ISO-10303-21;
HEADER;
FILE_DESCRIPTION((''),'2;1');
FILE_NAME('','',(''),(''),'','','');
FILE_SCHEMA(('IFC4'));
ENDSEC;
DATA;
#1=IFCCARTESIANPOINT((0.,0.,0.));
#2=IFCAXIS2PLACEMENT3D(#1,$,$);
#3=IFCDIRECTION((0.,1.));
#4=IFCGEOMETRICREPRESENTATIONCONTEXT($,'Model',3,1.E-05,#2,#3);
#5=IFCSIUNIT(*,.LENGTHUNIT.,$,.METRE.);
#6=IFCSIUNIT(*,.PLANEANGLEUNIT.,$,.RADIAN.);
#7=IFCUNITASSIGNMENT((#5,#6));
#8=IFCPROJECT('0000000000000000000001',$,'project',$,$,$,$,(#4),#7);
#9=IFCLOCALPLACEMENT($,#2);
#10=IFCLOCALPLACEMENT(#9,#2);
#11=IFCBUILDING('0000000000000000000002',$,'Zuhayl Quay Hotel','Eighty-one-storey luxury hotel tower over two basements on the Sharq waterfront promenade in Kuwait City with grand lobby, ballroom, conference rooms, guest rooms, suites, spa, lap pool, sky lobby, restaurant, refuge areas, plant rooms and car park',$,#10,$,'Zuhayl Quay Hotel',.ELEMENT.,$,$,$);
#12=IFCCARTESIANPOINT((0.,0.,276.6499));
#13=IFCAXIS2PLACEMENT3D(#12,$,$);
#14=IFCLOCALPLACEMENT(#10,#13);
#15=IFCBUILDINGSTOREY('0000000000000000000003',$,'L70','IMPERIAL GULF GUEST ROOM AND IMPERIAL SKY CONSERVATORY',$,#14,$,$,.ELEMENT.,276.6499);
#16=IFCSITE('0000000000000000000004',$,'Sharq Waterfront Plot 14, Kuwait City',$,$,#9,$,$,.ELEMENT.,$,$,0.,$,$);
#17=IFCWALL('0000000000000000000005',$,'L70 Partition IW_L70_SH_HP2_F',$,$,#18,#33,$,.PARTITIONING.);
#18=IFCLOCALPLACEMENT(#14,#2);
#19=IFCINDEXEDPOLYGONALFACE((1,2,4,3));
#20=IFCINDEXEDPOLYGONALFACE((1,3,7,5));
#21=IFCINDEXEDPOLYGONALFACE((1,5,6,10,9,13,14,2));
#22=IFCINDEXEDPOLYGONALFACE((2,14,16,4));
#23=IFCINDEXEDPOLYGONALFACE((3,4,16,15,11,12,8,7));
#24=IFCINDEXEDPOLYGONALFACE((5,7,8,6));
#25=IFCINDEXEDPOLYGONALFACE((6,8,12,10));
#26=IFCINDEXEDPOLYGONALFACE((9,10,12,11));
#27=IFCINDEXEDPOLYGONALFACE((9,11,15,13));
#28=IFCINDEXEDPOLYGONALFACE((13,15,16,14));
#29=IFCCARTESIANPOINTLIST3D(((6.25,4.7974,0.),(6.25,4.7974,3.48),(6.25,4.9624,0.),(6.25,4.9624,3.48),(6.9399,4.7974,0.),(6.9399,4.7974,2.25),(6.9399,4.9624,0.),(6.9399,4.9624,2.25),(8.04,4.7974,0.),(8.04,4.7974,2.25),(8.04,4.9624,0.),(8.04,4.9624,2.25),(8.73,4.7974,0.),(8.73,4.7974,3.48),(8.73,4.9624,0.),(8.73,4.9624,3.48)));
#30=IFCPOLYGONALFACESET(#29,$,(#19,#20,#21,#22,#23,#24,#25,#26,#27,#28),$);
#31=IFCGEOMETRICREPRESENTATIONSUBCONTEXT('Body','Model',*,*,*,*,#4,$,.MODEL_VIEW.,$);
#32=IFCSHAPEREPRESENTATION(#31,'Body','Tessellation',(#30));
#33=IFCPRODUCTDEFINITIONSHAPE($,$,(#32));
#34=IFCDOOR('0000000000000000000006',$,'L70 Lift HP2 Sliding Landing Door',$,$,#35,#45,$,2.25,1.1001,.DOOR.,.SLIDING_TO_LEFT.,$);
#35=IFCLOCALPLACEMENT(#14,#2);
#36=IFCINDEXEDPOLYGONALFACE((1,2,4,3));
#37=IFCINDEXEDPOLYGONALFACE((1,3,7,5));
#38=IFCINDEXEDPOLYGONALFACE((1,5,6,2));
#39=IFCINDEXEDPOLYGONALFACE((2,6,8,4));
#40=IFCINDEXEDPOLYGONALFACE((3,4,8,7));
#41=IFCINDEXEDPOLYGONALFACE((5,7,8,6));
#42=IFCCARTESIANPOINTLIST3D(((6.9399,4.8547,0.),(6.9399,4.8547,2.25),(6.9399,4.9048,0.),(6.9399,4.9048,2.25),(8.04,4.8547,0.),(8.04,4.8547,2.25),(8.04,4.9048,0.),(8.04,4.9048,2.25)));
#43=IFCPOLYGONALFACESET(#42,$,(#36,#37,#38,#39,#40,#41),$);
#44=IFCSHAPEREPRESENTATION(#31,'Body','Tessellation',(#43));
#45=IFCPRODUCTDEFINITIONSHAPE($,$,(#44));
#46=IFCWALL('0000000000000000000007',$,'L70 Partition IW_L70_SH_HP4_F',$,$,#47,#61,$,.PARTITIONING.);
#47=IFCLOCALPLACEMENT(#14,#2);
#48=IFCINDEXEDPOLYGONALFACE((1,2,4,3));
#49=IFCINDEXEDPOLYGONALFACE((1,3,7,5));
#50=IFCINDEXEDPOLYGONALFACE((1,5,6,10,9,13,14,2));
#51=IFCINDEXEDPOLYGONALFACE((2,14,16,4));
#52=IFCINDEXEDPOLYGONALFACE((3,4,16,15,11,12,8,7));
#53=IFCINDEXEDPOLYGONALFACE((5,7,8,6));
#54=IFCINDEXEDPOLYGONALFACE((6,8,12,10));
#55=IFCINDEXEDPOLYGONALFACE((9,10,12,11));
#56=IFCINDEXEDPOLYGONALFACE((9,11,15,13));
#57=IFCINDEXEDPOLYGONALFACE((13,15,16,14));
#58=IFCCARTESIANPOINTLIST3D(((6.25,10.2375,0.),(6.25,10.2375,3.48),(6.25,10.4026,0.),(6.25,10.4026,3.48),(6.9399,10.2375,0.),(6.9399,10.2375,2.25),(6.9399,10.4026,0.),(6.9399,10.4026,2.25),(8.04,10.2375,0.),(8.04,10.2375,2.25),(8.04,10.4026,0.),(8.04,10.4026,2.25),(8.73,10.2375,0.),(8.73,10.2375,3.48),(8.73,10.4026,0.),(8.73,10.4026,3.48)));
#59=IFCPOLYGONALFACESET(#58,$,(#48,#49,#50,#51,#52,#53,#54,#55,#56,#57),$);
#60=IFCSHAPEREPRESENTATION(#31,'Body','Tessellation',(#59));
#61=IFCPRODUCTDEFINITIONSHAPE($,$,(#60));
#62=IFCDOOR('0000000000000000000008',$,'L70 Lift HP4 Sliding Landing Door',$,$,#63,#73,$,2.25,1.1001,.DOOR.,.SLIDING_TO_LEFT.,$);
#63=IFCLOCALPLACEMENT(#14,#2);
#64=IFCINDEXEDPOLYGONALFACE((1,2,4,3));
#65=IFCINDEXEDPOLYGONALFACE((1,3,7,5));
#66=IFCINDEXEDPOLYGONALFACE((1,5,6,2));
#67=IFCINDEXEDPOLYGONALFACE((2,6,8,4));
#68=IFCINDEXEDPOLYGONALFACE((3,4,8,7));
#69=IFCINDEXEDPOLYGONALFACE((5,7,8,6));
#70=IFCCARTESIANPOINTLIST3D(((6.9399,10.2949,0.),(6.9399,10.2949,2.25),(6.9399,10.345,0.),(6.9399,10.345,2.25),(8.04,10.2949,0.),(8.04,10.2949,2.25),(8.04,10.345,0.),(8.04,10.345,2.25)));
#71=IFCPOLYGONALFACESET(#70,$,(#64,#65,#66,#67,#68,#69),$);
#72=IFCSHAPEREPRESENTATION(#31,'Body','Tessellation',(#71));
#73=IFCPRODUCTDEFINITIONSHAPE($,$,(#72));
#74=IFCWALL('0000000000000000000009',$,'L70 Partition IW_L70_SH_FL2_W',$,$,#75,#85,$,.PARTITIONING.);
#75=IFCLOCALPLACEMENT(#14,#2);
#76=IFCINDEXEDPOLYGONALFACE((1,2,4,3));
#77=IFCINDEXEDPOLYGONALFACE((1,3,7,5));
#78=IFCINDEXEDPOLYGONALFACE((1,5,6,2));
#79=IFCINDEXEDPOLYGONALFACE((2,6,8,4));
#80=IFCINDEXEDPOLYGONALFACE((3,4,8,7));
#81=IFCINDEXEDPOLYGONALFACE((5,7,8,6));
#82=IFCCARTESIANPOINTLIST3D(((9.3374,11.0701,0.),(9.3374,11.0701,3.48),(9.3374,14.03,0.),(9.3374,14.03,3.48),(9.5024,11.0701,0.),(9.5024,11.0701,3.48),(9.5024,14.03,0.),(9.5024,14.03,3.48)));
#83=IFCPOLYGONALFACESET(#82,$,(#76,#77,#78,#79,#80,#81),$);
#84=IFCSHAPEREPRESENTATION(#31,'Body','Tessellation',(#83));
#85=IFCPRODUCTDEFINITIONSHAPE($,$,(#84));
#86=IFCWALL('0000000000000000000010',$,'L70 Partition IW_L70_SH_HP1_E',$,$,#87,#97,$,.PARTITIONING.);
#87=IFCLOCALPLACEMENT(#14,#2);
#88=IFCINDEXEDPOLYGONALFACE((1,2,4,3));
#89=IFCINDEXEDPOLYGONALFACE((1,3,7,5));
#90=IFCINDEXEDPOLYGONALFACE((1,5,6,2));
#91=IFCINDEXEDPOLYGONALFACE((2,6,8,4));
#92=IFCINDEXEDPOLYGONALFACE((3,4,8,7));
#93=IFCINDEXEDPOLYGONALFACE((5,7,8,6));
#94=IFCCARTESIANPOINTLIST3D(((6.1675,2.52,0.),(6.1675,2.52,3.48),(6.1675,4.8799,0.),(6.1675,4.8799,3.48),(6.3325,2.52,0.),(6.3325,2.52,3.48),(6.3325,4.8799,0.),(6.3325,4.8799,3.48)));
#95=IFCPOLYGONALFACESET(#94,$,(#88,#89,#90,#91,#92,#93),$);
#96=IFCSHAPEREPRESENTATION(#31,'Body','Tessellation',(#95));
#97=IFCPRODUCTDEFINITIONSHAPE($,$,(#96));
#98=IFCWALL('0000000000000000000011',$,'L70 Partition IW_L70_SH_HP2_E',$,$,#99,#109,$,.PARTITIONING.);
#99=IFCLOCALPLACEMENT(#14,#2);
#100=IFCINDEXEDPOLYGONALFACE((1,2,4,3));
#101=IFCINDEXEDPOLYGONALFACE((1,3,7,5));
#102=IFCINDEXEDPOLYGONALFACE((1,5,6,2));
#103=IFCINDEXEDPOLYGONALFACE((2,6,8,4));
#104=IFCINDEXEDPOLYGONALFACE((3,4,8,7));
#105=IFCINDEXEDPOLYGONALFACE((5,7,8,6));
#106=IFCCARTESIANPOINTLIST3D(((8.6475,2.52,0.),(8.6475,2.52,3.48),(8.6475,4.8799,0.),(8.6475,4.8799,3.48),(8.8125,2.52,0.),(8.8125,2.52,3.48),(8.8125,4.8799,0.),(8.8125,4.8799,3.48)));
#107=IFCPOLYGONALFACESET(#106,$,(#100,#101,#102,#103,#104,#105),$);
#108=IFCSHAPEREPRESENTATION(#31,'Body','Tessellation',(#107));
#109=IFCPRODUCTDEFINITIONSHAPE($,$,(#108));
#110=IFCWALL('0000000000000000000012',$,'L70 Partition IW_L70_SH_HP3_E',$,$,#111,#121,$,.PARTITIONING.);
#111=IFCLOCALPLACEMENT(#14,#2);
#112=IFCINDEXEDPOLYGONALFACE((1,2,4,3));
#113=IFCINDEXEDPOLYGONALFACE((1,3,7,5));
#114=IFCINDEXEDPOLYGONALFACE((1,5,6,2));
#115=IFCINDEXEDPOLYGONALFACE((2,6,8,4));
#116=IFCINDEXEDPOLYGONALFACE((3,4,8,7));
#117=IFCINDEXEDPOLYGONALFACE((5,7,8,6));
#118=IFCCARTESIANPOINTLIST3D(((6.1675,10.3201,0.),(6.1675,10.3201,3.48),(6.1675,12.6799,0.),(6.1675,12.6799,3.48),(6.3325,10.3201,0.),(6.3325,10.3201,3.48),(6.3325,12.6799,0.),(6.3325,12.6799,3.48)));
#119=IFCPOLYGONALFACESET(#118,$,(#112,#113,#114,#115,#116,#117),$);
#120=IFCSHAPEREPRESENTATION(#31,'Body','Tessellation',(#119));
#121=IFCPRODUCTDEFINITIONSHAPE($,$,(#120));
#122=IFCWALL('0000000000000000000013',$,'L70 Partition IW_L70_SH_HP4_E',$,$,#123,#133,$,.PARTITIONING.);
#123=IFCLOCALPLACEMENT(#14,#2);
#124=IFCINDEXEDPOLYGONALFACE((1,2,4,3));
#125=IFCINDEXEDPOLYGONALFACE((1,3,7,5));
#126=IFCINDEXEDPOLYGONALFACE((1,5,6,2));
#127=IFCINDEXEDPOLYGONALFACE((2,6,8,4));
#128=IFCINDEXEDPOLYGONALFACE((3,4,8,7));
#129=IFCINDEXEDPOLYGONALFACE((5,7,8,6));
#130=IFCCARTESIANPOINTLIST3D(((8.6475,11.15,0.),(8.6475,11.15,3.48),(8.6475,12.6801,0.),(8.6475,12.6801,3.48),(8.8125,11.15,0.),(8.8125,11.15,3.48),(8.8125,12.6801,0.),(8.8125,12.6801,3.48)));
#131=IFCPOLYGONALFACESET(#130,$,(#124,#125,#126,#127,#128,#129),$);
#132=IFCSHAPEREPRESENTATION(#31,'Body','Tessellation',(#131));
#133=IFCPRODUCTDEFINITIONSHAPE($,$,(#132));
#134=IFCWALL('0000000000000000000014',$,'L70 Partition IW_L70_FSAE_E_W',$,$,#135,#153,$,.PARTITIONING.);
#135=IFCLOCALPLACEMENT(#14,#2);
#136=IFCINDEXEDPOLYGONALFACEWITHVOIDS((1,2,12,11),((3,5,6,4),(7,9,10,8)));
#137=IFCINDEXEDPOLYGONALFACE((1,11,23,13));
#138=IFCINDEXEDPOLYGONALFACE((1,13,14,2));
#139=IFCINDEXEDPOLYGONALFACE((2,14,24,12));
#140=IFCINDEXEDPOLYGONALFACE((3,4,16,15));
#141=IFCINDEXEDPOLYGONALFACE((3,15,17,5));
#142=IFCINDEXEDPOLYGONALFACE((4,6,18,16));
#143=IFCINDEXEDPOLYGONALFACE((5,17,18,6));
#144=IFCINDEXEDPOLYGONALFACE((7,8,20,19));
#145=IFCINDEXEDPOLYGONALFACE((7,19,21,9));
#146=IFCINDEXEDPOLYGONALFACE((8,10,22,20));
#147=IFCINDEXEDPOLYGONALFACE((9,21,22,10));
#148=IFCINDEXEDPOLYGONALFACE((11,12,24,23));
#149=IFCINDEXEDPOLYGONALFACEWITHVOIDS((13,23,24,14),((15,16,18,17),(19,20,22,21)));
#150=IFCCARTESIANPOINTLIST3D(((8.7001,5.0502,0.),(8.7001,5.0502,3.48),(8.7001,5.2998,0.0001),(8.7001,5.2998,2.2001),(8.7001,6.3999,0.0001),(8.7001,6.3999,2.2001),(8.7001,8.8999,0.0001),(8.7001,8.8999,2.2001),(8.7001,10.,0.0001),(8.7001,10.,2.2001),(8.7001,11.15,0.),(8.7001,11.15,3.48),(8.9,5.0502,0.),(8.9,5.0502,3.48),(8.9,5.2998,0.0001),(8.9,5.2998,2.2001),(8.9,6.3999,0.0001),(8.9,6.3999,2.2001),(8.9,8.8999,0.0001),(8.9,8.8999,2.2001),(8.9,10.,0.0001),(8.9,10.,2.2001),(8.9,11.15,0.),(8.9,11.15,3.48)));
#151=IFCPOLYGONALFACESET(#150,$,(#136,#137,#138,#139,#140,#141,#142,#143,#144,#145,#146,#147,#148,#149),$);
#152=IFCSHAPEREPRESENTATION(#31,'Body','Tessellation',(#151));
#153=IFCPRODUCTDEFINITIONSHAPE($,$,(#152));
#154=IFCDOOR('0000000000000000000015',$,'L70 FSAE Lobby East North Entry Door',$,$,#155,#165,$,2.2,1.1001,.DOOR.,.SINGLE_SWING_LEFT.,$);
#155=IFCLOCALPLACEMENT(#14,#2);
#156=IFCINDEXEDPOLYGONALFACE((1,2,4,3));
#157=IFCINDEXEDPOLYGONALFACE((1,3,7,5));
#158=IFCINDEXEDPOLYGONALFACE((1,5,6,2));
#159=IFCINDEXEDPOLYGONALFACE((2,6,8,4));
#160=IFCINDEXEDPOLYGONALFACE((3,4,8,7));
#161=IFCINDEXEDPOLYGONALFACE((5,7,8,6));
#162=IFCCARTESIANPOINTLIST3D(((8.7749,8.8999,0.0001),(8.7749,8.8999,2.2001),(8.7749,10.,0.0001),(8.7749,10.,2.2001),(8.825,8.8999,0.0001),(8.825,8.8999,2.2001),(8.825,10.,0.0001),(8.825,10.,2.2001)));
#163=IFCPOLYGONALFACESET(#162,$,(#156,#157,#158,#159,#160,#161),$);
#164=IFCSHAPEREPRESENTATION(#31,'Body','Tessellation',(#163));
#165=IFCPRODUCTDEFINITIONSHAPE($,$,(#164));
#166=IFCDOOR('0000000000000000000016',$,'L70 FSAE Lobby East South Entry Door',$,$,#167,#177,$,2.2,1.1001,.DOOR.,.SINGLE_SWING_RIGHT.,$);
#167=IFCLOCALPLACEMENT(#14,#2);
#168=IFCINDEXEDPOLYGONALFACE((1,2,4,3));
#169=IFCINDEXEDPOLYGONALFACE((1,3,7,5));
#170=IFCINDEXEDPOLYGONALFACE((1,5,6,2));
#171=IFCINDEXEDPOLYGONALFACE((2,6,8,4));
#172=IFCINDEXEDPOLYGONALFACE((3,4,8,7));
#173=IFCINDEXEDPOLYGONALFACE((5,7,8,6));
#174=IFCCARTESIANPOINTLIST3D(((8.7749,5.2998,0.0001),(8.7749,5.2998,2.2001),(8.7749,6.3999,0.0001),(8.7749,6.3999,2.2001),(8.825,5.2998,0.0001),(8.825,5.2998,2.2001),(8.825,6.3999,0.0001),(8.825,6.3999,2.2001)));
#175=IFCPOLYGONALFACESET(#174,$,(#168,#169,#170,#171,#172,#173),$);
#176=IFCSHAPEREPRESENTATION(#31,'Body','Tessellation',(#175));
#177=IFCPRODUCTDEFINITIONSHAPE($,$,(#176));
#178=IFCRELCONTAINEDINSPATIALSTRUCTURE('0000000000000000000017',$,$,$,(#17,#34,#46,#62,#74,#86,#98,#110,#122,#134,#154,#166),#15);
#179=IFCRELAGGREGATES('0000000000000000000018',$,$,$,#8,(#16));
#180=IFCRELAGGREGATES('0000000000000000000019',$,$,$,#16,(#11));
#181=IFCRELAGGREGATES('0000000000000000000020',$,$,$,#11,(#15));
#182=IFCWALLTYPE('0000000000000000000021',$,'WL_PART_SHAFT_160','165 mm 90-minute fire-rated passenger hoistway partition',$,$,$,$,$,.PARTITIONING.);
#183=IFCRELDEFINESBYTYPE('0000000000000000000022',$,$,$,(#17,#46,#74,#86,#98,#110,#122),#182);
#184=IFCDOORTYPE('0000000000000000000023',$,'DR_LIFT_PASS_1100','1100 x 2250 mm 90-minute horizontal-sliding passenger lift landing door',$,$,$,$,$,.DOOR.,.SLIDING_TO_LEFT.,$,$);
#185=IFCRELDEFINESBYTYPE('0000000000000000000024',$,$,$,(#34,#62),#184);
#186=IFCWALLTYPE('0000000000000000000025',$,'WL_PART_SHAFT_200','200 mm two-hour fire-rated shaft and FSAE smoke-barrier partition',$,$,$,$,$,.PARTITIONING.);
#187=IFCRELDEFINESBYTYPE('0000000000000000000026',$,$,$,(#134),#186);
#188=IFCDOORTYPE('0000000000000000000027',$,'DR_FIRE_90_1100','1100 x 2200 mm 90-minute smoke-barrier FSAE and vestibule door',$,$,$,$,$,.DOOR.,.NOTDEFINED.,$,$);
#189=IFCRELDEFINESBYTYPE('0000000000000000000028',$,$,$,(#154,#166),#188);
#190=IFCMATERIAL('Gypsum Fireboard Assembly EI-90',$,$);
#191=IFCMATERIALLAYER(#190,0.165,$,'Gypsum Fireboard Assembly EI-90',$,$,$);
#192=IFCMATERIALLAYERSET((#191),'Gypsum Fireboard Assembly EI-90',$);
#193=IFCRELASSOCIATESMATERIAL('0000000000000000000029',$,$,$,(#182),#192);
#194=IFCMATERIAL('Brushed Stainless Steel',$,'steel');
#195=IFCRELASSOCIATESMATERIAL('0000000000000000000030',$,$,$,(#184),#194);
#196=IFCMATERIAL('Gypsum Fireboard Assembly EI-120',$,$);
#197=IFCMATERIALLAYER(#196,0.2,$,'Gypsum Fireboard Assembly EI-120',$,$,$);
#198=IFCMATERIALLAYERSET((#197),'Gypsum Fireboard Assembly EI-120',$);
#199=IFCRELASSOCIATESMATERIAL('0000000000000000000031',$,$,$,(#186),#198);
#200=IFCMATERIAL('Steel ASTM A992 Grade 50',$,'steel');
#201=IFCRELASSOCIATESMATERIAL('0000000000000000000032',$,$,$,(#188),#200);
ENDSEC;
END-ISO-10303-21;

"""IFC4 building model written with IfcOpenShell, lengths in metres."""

from ifc_helpers import new_model, si_unit, direction, frame, frame_2d, origin, place, context, subcontext, project, spatial, rectangle, extrude, material, layer, layer_set, type_object, element, fill, save


model = new_model("IFC4")

# Units and contexts
model_context = context("Model", 3, precision=1e-05, world=origin(), true_north=direction((0.0, 1.0)))
body_context = subcontext(model_context, "Body", "Model", "MODEL_VIEW")
ifc_project = project(units=[si_unit("LENGTHUNIT", "METRE"), si_unit("PLANEANGLEUNIT", "RADIAN")], contexts=[model_context])

# Site, building, storey
site_placement = place(None, origin())
site = spatial("IfcSite", under=ifc_project, at=site_placement, Name="Sharq Waterfront Plot 14, Kuwait City", CompositionType="ELEMENT", RefElevation=0.0)
building_placement = place(site_placement, origin())
building = spatial("IfcBuilding", under=site, at=building_placement, Name="Zuhayl Quay Hotel", Description="Eighty-one-storey luxury hotel tower over two basements on the Sharq waterfront promenade in Kuwait City with grand lobby, ballroom, conference rooms, guest rooms, suites, spa, lap pool, sky lobby, restaurant, refuge areas, plant rooms and car park", LongName="Zuhayl Quay Hotel", CompositionType="ELEMENT")
storey_placement = place(building_placement, frame((0.0, 0.0, 276.6499)))
storey = spatial("IfcBuildingStorey", under=building, at=storey_placement, Name="L70", Description="IMPERIAL GULF GUEST ROOM AND IMPERIAL SKY CONSERVATORY", CompositionType="ELEMENT", Elevation=276.6499)

# Walls, openings, doors
ifc_material_1 = material(Name="Gypsum Fireboard Assembly EI-90")
ifc_layer_1 = layer(ifc_material_1, 0.165, Name="Gypsum Fireboard Assembly EI-90")
ifc_layer_set_1 = layer_set([ifc_layer_1], Name="Gypsum Fireboard Assembly EI-90")
wall_type_1 = type_object("IfcWallType", Name="WL_PART_SHAFT_160", Description="165 mm 90-minute fire-rated passenger hoistway partition", PredefinedType="PARTITIONING", material=ifc_layer_set_1)
ifc_material_2 = material(Name="Brushed Stainless Steel", Category="steel")
wall_1_placement = place(storey_placement, frame((6.25, 4.8799, 0.0), z_axis=(0.0, 0.0, 1.0), x_axis=(1.0, 0.0, 0.0)))
wall_1 = element("IfcWall", 1, at=wall_1_placement, inside=storey, type_object=wall_type_1, Name="L70 Partition IW_L70_SH_HP2_F", PredefinedType="PARTITIONING", context=body_context, shape_type="SweptSolid", body=[
    extrude(rectangle(XDim=2.48, YDim=0.165, at=frame_2d((1.24, 0.0))), origin(), (0.0, 0.0, 1.0), 3.48),
])
opening_1_placement = place(wall_1_placement, frame((0.6899, 0.0, 0.0)))
opening_1 = element("IfcOpeningElement", 2, at=opening_1_placement, cuts=wall_1, PredefinedType="OPENING", context=body_context, shape_type="SweptSolid", body=[
    extrude(rectangle(XDim=1.1001, YDim=2.25, at=frame_2d((0.55, 1.125))), frame((0.0, 0.0925, 0.0), z_axis=(0.0, -1.0, 0.0), x_axis=(1.0, 0.0, 0.0)), (0.0, 0.0, 1.0), 0.1851),
])
door_type_1 = type_object("IfcDoorType", Name="DR_LIFT_PASS_1100", Description="1100 x 2250 mm 90-minute horizontal-sliding passenger lift landing door", OperationType="SLIDING_TO_LEFT", PredefinedType="DOOR", material=ifc_material_2)
door_1_placement = place(opening_1_placement, origin())
door_1 = element("IfcDoor", 3, at=door_1_placement, inside=storey, type_object=door_type_1, Name="L70 Lift HP2 Sliding Landing Door", OperationType="SLIDING_TO_LEFT", OverallHeight=2.25, OverallWidth=1.1001, PredefinedType="DOOR", context=body_context, shape_type="SweptSolid", body=[
    extrude(rectangle(XDim=1.1001, YDim=2.25, at=frame_2d((0.55, 1.125))), frame((0.0, 0.0249, 0.0), z_axis=(0.0, -1.0, 0.0), x_axis=(1.0, 0.0, 0.0)), (0.0, 0.0, 1.0), 0.05),
])
fill(opening_1, door_1)
wall_2_placement = place(storey_placement, frame((6.25, 10.3201, 0.0), z_axis=(0.0, 0.0, 1.0), x_axis=(1.0, 0.0, 0.0)))
wall_2 = element("IfcWall", 4, at=wall_2_placement, inside=storey, type_object=wall_type_1, Name="L70 Partition IW_L70_SH_HP4_F", PredefinedType="PARTITIONING", context=body_context, shape_type="SweptSolid", body=[
    extrude(rectangle(XDim=2.48, YDim=0.165, at=frame_2d((1.24, 0.0))), origin(), (0.0, 0.0, 1.0), 3.48),
])
opening_2_placement = place(wall_2_placement, frame((0.6899, 0.0, 0.0)))
opening_2 = element("IfcOpeningElement", 5, at=opening_2_placement, cuts=wall_2, PredefinedType="OPENING", context=body_context, shape_type="SweptSolid", body=[
    extrude(rectangle(XDim=1.1001, YDim=2.25, at=frame_2d((0.55, 1.125))), frame((0.0, 0.0925, 0.0), z_axis=(0.0, -1.0, 0.0), x_axis=(1.0, 0.0, 0.0)), (0.0, 0.0, 1.0), 0.1851),
])
door_2_placement = place(opening_2_placement, origin())
door_2 = element("IfcDoor", 6, at=door_2_placement, inside=storey, type_object=door_type_1, Name="L70 Lift HP4 Sliding Landing Door", OperationType="SLIDING_TO_LEFT", OverallHeight=2.25, OverallWidth=1.1001, PredefinedType="DOOR", context=body_context, shape_type="SweptSolid", body=[
    extrude(rectangle(XDim=1.1001, YDim=2.25, at=frame_2d((0.55, 1.125))), frame((0.0, 0.0249, 0.0), z_axis=(0.0, -1.0, 0.0), x_axis=(1.0, 0.0, 0.0)), (0.0, 0.0, 1.0), 0.05),
])
fill(opening_2, door_2)

# Walls
wall_3_placement = place(storey_placement, frame((9.4199, 11.0701, 0.0), z_axis=(0.0, 0.0, 1.0), x_axis=(0.0, 1.0, 0.0)))
element("IfcWall", 7, at=wall_3_placement, inside=storey, type_object=wall_type_1, Name="L70 Partition IW_L70_SH_FL2_W", PredefinedType="PARTITIONING", context=body_context, shape_type="SweptSolid", body=[
    extrude(rectangle(XDim=2.96, YDim=0.165, at=frame_2d((1.48, 0.0))), origin(), (0.0, 0.0, 1.0), 3.48),
])
for number, where, z_axis, x_axis, name in (
    (8, (6.25, 2.52, 0.0), (0.0, 0.0, 1.0), (0.0, 1.0, 0.0), "L70 Partition IW_L70_SH_HP1_E"),
    (9, (8.73, 2.52, 0.0), (0.0, 0.0, 1.0), (0.0, 1.0, 0.0), "L70 Partition IW_L70_SH_HP2_E"),
    (10, (6.25, 10.3201, 0.0), (0.0, 0.0, 1.0), (0.0, 1.0, 0.0), "L70 Partition IW_L70_SH_HP3_E"),
):
    element("IfcWall", number, at=place(storey_placement, frame(where, z_axis=z_axis, x_axis=x_axis)), inside=storey, type_object=wall_type_1, Name=name, PredefinedType="PARTITIONING", context=body_context, shape_type="SweptSolid", body=[
        extrude(rectangle(XDim=2.3599, YDim=0.165, at=frame_2d((1.1799, 0.0))), origin(), (0.0, 0.0, 1.0), 3.48),
    ])
wall_4_placement = place(storey_placement, frame((8.73, 11.1499, 0.0), z_axis=(0.0, 0.0, 1.0), x_axis=(0.0, 1.0, 0.0)))
element("IfcWall", 11, at=wall_4_placement, inside=storey, type_object=wall_type_1, Name="L70 Partition IW_L70_SH_HP4_E", PredefinedType="PARTITIONING", context=body_context, shape_type="SweptSolid", body=[
    extrude(rectangle(XDim=1.53, YDim=0.165, at=frame_2d((0.7651, 0.0))), origin(), (0.0, 0.0, 1.0), 3.48),
])

# Wall, openings, doors
ifc_material_3 = material(Name="Gypsum Fireboard Assembly EI-120")
ifc_layer_2 = layer(ifc_material_3, 0.2, Name="Gypsum Fireboard Assembly EI-120")
ifc_layer_set_2 = layer_set([ifc_layer_2], Name="Gypsum Fireboard Assembly EI-120")
wall_type_2 = type_object("IfcWallType", Name="WL_PART_SHAFT_200", Description="200 mm two-hour fire-rated shaft and FSAE smoke-barrier partition", PredefinedType="PARTITIONING", material=ifc_layer_set_2)
wall_5_placement = place(storey_placement, frame((8.8, 11.1499, 0.0), z_axis=(0.0, 0.0, 1.0), x_axis=(0.0, -1.0, 0.0)))
wall_5 = element("IfcWall", 12, at=wall_5_placement, inside=storey, type_object=wall_type_2, Name="L70 Partition IW_L70_FSAE_E_W", PredefinedType="PARTITIONING", context=body_context, shape_type="SweptSolid", body=[
    extrude(rectangle(XDim=6.0999, YDim=0.2, at=frame_2d((3.0498, 0.0))), origin(), (0.0, 0.0, 1.0), 3.48),
])
opening_3_placement = place(wall_5_placement, frame((1.1499, 0.0, 0.0)))
opening_3 = element("IfcOpeningElement", 13, at=opening_3_placement, cuts=wall_5, PredefinedType="OPENING", context=body_context, shape_type="SweptSolid", body=[
    extrude(rectangle(XDim=1.1001, YDim=2.2, at=frame_2d((0.55, 1.1001))), frame((0.0, 0.1099, 0.0), z_axis=(0.0, -1.0, 0.0), x_axis=(1.0, 0.0, 0.0)), (0.0, 0.0, 1.0), 0.22),
])
opening_4_placement = place(wall_5_placement, frame((4.75, 0.0, 0.0)))
opening_4 = element("IfcOpeningElement", 14, at=opening_4_placement, cuts=wall_5, PredefinedType="OPENING", context=body_context, shape_type="SweptSolid", body=[
    extrude(rectangle(XDim=1.1001, YDim=2.2, at=frame_2d((0.55, 1.1001))), frame((0.0, 0.1099, 0.0), z_axis=(0.0, -1.0, 0.0), x_axis=(1.0, 0.0, 0.0)), (0.0, 0.0, 1.0), 0.22),
])
ifc_material_4 = material(Name="Steel ASTM A992 Grade 50", Category="steel")
door_type_2 = type_object("IfcDoorType", Name="DR_FIRE_90_1100", Description="1100 x 2200 mm 90-minute smoke-barrier FSAE and vestibule door", OperationType="NOTDEFINED", PredefinedType="DOOR", material=ifc_material_4)
door_3_placement = place(opening_3_placement, origin())
door_3 = element("IfcDoor", 15, at=door_3_placement, inside=storey, type_object=door_type_2, Name="L70 FSAE Lobby East North Entry Door", OperationType="SINGLE_SWING_LEFT", OverallHeight=2.2, OverallWidth=1.1001, PredefinedType="DOOR", context=body_context, shape_type="SweptSolid", body=[
    extrude(rectangle(XDim=1.1001, YDim=2.2, at=frame_2d((0.55, 1.1001))), frame((0.0, 0.0249, 0.0), z_axis=(0.0, -1.0, 0.0), x_axis=(1.0, 0.0, 0.0)), (0.0, 0.0, 1.0), 0.05),
])
fill(opening_3, door_3)
door_4_placement = place(opening_4_placement, origin())
door_4 = element("IfcDoor", 16, at=door_4_placement, inside=storey, type_object=door_type_2, Name="L70 FSAE Lobby East South Entry Door", OperationType="SINGLE_SWING_RIGHT", OverallHeight=2.2, OverallWidth=1.1001, PredefinedType="DOOR", context=body_context, shape_type="SweptSolid", body=[
    extrude(rectangle(XDim=1.1001, YDim=2.2, at=frame_2d((0.55, 1.1001))), frame((0.0, 0.0249, 0.0), z_axis=(0.0, -1.0, 0.0), x_axis=(1.0, 0.0, 0.0)), (0.0, 0.0, 1.0), 0.05),
])
fill(opening_4, door_4)

save(model, "model.ifc")
